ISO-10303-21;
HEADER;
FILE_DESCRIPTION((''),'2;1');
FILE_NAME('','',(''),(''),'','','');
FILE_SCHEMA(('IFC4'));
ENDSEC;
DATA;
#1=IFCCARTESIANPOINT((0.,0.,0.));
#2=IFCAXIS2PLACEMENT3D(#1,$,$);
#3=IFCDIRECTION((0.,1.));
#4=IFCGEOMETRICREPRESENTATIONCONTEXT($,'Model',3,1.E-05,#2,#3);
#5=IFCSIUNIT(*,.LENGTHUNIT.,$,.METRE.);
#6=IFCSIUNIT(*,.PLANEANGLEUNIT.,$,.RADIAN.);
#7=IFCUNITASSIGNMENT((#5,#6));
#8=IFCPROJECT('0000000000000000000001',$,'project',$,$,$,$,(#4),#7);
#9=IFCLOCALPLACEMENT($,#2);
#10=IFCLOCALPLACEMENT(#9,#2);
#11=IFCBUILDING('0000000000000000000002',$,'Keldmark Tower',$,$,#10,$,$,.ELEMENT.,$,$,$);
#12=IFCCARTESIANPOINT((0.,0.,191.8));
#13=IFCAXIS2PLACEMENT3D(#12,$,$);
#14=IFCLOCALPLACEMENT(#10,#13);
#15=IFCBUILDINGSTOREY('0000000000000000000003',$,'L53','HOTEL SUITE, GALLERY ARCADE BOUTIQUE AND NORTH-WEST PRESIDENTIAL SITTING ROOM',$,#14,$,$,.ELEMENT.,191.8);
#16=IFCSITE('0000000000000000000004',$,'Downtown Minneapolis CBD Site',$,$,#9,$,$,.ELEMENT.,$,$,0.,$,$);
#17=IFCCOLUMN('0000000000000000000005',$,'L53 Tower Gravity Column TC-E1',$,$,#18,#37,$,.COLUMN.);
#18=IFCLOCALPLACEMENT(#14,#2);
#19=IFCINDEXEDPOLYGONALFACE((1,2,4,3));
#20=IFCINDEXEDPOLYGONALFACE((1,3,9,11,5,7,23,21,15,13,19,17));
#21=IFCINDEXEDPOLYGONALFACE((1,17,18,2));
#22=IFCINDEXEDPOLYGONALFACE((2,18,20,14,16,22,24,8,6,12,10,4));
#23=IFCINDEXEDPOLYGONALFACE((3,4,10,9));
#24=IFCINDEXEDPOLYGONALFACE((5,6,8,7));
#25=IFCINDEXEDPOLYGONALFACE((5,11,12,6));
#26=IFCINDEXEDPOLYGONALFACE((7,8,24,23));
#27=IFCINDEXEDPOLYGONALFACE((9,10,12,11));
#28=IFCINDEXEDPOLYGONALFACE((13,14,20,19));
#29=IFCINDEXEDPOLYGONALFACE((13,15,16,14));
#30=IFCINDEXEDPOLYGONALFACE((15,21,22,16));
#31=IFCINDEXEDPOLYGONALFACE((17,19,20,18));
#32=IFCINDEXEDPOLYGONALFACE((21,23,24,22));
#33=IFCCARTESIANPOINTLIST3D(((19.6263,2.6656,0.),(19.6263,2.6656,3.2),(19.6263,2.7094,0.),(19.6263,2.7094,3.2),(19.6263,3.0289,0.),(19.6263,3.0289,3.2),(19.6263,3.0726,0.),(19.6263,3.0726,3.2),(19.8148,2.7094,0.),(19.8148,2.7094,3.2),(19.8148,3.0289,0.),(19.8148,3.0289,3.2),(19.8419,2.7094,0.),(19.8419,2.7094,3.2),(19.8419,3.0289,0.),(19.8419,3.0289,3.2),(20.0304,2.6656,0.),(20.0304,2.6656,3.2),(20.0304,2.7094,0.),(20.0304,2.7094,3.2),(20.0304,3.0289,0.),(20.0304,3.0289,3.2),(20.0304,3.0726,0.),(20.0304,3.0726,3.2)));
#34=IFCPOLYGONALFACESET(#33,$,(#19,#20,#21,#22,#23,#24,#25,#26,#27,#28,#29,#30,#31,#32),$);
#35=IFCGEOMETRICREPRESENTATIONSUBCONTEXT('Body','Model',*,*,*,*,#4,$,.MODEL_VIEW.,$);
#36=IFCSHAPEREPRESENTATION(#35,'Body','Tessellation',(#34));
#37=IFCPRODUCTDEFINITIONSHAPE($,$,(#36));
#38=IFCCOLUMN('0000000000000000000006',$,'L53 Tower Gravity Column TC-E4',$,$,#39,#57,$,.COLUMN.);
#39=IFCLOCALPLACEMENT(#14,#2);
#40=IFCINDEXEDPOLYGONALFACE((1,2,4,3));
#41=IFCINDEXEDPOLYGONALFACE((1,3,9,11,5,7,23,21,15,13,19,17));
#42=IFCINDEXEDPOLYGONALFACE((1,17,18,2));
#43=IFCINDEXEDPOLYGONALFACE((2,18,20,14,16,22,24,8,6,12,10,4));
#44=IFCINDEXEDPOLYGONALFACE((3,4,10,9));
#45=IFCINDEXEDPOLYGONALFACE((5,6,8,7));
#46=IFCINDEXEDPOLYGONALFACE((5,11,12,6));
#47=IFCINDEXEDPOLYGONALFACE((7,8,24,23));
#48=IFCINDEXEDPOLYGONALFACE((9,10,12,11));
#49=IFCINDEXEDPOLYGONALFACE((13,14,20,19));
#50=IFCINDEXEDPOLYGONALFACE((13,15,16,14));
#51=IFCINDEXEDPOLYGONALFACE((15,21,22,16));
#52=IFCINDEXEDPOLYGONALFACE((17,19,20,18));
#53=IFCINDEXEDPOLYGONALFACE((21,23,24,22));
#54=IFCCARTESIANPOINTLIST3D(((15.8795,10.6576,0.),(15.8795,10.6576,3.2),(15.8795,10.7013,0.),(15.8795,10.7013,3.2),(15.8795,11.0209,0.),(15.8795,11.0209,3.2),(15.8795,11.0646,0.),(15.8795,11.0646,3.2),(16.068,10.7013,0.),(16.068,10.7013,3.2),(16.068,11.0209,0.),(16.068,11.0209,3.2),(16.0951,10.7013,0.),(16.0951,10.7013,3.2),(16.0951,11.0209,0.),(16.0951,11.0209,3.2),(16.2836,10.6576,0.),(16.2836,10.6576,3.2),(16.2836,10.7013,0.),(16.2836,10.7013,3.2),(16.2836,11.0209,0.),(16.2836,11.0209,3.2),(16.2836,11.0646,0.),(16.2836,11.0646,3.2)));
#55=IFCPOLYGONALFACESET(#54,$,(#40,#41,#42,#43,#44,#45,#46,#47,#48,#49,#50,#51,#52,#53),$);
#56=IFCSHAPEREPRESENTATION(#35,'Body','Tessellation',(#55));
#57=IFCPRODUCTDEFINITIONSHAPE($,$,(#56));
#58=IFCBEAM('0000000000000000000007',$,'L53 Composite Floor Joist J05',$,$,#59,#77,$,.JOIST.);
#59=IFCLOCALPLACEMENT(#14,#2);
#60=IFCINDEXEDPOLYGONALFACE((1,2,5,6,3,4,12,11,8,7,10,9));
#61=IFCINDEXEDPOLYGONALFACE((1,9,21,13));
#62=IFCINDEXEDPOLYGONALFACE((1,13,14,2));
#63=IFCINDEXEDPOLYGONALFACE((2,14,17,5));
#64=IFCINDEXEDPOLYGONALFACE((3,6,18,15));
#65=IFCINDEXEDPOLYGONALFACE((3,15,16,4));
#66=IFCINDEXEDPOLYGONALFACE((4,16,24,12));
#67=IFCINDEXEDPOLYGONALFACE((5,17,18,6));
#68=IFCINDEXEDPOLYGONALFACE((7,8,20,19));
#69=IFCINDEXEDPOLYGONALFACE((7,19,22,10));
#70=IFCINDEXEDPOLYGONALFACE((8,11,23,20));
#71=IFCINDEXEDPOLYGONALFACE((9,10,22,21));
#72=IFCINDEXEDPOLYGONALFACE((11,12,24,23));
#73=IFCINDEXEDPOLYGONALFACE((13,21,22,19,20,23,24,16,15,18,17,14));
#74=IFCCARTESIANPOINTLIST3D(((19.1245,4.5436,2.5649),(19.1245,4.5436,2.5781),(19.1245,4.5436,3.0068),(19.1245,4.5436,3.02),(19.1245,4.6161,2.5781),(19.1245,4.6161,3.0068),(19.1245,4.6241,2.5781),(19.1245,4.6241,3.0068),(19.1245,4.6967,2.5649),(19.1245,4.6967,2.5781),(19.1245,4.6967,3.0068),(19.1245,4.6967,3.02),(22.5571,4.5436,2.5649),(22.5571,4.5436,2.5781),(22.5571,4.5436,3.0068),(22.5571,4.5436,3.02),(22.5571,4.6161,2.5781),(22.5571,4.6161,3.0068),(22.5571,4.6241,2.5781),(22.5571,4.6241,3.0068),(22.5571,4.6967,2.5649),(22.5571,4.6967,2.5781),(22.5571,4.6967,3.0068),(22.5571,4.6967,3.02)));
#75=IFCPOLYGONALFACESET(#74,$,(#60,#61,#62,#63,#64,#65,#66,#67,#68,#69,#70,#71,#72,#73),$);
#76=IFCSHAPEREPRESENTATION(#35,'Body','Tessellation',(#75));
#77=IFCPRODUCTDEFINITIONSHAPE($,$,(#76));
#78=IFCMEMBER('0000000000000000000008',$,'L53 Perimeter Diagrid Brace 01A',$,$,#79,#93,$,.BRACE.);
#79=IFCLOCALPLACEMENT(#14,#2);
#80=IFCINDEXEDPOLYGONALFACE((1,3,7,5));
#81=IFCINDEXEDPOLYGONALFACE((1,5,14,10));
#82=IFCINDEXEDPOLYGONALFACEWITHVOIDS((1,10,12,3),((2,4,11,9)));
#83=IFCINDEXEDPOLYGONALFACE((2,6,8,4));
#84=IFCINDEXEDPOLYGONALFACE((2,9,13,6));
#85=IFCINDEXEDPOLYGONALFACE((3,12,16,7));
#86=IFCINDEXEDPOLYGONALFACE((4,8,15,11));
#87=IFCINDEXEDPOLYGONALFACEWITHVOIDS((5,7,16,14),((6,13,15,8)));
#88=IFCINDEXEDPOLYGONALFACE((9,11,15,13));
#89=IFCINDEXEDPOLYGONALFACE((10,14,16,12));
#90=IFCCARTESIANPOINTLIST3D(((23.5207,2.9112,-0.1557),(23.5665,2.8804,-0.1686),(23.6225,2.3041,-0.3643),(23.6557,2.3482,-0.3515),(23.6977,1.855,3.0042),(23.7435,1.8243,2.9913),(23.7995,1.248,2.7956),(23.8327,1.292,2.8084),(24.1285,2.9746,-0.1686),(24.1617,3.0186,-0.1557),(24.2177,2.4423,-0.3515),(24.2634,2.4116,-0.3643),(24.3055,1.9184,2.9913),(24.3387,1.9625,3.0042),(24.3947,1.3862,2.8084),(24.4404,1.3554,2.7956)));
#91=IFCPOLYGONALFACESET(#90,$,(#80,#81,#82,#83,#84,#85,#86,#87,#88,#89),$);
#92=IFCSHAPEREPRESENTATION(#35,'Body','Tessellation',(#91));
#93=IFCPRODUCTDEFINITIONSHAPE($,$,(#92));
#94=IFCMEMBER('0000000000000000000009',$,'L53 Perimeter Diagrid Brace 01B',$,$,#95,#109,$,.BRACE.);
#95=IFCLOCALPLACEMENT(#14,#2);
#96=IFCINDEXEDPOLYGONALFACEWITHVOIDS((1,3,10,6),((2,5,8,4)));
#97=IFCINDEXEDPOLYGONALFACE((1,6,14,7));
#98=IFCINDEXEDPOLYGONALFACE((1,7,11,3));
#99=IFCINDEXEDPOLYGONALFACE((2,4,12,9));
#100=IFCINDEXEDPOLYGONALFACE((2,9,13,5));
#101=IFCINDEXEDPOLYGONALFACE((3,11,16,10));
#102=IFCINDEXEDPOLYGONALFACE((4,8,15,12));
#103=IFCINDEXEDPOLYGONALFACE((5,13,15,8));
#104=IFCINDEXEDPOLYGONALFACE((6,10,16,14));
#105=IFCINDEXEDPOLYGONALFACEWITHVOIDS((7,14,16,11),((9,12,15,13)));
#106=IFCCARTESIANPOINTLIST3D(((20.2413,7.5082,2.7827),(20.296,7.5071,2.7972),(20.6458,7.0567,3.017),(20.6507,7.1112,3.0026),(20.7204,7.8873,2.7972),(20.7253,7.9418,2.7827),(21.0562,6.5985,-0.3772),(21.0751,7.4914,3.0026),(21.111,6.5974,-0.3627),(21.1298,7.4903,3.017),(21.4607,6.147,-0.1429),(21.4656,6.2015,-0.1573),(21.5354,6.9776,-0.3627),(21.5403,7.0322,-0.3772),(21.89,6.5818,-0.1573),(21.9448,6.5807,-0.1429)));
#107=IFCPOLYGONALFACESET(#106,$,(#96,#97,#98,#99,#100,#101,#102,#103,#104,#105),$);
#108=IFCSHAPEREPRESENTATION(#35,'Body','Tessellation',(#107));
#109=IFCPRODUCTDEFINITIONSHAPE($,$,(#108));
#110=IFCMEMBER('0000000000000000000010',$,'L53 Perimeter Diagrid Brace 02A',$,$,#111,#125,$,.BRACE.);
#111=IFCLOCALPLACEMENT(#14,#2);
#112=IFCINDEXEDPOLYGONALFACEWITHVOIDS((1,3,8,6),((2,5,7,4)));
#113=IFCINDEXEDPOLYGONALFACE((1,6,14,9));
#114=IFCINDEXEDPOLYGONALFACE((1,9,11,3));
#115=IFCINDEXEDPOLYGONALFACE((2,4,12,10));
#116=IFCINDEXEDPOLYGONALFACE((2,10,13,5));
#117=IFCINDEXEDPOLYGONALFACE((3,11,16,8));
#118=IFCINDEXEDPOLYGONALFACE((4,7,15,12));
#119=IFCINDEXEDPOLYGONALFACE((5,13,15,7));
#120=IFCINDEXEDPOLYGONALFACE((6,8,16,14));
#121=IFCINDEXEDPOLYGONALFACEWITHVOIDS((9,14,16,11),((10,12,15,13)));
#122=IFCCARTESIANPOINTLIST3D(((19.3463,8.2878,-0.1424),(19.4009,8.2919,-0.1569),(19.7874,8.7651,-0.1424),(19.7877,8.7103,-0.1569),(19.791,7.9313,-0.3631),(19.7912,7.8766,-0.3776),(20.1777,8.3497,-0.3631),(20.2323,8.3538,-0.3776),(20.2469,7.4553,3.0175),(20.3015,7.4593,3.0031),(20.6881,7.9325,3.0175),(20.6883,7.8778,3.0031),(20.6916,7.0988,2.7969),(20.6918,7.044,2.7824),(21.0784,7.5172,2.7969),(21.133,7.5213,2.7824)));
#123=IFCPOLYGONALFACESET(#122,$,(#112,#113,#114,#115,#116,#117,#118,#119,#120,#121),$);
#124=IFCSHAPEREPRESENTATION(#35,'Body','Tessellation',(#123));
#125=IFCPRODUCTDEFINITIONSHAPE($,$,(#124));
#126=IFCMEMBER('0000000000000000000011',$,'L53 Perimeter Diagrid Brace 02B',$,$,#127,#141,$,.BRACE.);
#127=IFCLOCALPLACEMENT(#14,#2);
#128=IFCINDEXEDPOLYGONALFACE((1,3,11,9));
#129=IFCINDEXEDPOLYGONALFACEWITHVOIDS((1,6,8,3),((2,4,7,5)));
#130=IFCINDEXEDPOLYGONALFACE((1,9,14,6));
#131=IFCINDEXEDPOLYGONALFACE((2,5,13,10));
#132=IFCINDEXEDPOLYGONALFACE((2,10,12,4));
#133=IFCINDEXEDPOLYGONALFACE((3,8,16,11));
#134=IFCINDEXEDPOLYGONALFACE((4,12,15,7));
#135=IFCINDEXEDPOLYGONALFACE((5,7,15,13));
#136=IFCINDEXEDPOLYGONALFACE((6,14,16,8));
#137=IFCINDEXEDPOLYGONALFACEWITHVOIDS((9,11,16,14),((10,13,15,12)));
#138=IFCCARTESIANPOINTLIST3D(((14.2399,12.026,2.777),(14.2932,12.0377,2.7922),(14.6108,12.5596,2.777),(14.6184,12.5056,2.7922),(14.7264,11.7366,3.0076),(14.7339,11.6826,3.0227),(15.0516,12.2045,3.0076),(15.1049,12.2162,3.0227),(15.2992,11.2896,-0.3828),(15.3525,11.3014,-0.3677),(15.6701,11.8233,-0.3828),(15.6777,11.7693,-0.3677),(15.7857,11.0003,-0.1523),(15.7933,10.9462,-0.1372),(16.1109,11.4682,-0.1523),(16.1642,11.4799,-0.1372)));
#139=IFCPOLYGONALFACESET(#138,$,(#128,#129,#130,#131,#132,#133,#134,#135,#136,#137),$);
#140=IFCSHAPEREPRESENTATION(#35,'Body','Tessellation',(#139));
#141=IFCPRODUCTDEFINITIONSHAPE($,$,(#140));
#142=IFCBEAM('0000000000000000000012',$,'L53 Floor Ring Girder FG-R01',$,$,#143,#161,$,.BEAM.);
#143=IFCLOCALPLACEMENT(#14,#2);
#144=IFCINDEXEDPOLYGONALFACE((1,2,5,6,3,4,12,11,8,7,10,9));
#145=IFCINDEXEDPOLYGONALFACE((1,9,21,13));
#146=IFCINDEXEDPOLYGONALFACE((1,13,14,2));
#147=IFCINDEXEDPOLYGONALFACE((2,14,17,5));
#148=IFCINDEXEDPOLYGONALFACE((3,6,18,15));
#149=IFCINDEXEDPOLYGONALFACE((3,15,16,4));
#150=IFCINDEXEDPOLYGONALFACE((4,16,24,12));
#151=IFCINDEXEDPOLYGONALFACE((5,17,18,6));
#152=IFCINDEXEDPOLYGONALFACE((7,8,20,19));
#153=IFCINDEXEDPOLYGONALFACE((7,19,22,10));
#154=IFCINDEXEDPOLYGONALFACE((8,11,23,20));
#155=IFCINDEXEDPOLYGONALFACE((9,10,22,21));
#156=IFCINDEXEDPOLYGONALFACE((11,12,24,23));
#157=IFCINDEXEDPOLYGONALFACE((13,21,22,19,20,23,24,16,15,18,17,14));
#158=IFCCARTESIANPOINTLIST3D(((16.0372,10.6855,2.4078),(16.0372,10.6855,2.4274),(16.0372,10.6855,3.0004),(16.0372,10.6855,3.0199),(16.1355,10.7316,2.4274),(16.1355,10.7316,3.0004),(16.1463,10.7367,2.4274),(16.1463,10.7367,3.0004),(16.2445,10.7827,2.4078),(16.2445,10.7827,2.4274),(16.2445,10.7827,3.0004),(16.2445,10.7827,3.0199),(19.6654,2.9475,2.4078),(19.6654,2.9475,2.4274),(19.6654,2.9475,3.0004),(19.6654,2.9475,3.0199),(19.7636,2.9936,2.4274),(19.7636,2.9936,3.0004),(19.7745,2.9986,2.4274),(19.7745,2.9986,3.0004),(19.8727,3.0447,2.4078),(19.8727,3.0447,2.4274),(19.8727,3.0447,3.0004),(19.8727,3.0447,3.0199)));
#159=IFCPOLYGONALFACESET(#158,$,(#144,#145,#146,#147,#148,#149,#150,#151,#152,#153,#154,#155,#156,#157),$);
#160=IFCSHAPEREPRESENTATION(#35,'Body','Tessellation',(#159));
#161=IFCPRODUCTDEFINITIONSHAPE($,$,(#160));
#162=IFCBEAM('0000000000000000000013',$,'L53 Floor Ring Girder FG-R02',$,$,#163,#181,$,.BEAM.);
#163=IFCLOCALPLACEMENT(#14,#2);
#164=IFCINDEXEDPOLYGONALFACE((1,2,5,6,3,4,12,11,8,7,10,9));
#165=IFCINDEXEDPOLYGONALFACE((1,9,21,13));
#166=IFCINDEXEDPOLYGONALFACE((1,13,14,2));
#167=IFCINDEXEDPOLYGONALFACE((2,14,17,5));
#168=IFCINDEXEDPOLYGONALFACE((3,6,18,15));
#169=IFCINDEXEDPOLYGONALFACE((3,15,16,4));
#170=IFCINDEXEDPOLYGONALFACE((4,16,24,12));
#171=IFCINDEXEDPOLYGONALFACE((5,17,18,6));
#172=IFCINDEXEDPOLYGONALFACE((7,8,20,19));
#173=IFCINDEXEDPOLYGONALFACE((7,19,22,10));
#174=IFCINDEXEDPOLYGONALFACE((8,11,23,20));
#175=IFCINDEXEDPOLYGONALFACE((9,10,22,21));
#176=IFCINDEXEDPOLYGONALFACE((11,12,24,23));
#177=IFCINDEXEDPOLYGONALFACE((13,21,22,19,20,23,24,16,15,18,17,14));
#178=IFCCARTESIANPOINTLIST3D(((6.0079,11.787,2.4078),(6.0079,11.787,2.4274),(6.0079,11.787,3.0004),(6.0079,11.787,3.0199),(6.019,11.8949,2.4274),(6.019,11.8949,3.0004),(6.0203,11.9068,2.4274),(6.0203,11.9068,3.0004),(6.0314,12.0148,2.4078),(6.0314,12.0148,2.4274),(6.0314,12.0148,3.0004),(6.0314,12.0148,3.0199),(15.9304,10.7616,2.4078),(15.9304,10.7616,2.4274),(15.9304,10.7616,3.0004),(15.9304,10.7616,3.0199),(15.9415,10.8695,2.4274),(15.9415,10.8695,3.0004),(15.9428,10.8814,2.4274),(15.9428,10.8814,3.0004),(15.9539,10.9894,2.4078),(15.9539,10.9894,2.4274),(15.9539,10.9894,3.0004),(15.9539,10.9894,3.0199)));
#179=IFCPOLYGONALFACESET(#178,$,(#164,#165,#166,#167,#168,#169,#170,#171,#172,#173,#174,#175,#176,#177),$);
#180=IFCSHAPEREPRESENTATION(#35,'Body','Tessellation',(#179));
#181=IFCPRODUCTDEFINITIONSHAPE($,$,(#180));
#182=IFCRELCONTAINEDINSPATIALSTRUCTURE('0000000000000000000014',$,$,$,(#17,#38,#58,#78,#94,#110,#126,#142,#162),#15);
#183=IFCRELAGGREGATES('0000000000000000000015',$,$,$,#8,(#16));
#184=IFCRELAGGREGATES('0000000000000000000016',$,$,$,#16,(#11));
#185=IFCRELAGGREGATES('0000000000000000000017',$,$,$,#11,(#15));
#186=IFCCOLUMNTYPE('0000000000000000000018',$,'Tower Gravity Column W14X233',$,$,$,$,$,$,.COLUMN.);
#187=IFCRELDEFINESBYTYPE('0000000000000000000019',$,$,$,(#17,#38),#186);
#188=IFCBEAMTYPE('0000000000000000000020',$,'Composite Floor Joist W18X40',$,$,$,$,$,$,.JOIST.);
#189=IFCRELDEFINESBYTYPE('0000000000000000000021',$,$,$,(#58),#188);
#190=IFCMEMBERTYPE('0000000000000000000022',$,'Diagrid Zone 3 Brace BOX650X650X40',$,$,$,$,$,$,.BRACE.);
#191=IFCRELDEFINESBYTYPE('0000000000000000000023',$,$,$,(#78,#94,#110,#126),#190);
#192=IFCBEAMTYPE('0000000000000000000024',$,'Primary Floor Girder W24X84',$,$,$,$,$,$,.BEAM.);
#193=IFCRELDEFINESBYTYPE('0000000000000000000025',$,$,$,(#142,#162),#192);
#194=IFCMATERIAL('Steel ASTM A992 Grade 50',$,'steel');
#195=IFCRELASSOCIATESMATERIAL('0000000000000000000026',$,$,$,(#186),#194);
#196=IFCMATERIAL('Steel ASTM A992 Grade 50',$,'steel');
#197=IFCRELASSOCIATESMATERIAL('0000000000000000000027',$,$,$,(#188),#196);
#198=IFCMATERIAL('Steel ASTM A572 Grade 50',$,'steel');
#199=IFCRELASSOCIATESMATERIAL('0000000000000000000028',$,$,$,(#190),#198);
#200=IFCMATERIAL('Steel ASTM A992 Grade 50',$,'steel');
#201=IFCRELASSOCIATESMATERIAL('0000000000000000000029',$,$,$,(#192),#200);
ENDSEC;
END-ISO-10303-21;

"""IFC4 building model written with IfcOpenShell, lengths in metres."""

from ifc_helpers import new_model, si_unit, direction, frame, origin, origin_2d, place, context, subcontext, project, spatial, hollow_rectangle, i_section, extrude, material, material_profile, profile_set, type_object, element, save


model = new_model("IFC4")

# Units and contexts
model_context = context("Model", 3, precision=1e-05, world=origin(), true_north=direction((0.0, 1.0)))
body_context = subcontext(model_context, "Body", "Model", "MODEL_VIEW")
ifc_project = project(units=[si_unit("LENGTHUNIT", "METRE"), si_unit("PLANEANGLEUNIT", "RADIAN")], contexts=[model_context])

# Site, building, storey
site_placement = place(None, origin())
site = spatial("IfcSite", under=ifc_project, at=site_placement, Name="Downtown Minneapolis CBD Site", CompositionType="ELEMENT", RefElevation=0.0)
building_placement = place(site_placement, origin())
building = spatial("IfcBuilding", under=site, at=building_placement, Name="Keldmark Tower", CompositionType="ELEMENT")
storey_placement = place(building_placement, frame((0.0, 0.0, 191.8)))
storey = spatial("IfcBuildingStorey", under=building, at=storey_placement, Name="L53", Description="HOTEL SUITE, GALLERY ARCADE BOUTIQUE AND NORTH-WEST PRESIDENTIAL SITTING ROOM", CompositionType="ELEMENT", Elevation=191.8)

# Columns
ifc_material_1 = material(Name="Steel ASTM A992 Grade 50", Category="steel")
ifc_material_profile_1 = material_profile(ifc_material_1, i_section(OverallWidth=0.4041, OverallDepth=0.407, WebThickness=0.0271, FlangeThickness=0.0437, at=origin_2d()), Name="W14X233")
ifc_profile_set_1 = profile_set([ifc_material_profile_1], Name="Steel ASTM A992 Grade 50")
column_type = type_object("IfcColumnType", Name="Tower Gravity Column W14X233", PredefinedType="COLUMN", material=ifc_profile_set_1)
for number, where, z_axis, x_axis, name in (
    (1, (19.8284, 2.8691, 0.0), (0.0, 0.0, 1.0), (1.0, 0.0, 0.0), "L53 Tower Gravity Column TC-E1"),
    (2, (16.0815, 10.8611, 0.0), (0.0, 0.0, 1.0), (1.0, 0.0, 0.0), "L53 Tower Gravity Column TC-E4"),
):
    element("IfcColumn", number, at=place(storey_placement, frame(where, z_axis=z_axis, x_axis=x_axis)), inside=storey, type_object=column_type, Name=name, PredefinedType="COLUMN", context=body_context, shape_type="SweptSolid", body=[
        extrude(i_section(OverallWidth=0.4041, OverallDepth=0.407, WebThickness=0.0271, FlangeThickness=0.0437, at=origin_2d()), origin(), (0.0, 0.0, 1.0), 3.2),
    ])

# Beam
ifc_material_2 = material(Name="Steel ASTM A992 Grade 50", Category="steel")
ifc_material_profile_2 = material_profile(ifc_material_2, i_section(OverallWidth=0.1531, OverallDepth=0.4551, WebThickness=0.0081, FlangeThickness=0.0132, at=origin_2d()), Name="W18X40")
ifc_profile_set_2 = profile_set([ifc_material_profile_2], Name="Steel ASTM A992 Grade 50")
beam_type_1 = type_object("IfcBeamType", Name="Composite Floor Joist W18X40", PredefinedType="JOIST", material=ifc_profile_set_2)
beam_1_placement = place(storey_placement, frame((19.1245, 4.6201, 2.7925), z_axis=(1.0, 0.0, 0.0), x_axis=(0.0, 1.0, 0.0)))
element("IfcBeam", 3, at=beam_1_placement, inside=storey, type_object=beam_type_1, Name="L53 Composite Floor Joist J05", PredefinedType="JOIST", context=body_context, shape_type="SweptSolid", body=[
    extrude(i_section(OverallWidth=0.1531, OverallDepth=0.4551, WebThickness=0.0081, FlangeThickness=0.0132, at=origin_2d()), origin(), (0.0, 0.0, 1.0), 3.4326),
])

# Members
ifc_material_3 = material(Name="Steel ASTM A572 Grade 50", Category="steel")
ifc_material_profile_3 = material_profile(ifc_material_3, hollow_rectangle(XDim=0.6499, YDim=0.6499, WallThickness=0.04, at=origin_2d()), Name="BOX650X650X40")
ifc_profile_set_3 = profile_set([ifc_material_profile_3], Name="Steel ASTM A572 Grade 50")
member_type = type_object("IfcMemberType", Name="Diagrid Zone 3 Brace BOX650X650X40", PredefinedType="BRACE", material=ifc_profile_set_3)
member_1_placement = place(storey_placement, frame((23.8921, 2.6614, -0.26), z_axis=(0.053051, -0.316551, 0.947091), x_axis=(0.986246, 0.165286, 0.0)))
element("IfcMember", 4, at=member_1_placement, inside=storey, type_object=member_type, Name="L53 Perimeter Diagrid Brace 01A", PredefinedType="BRACE", context=body_context, shape_type="SweptSolid", body=[
    extrude(hollow_rectangle(XDim=0.6499, YDim=0.6499, WallThickness=0.04, at=origin_2d()), origin(), (0.0, 0.0, 1.0), 3.3364),
])
member_2_placement = place(storey_placement, frame((21.5005, 6.5896, -0.26), z_axis=(-0.240557, 0.268519, 0.932754), x_axis=(-0.744823, -0.667262, 0.0)))
element("IfcMember", 5, at=member_2_placement, inside=storey, type_object=member_type, Name="L53 Perimeter Diagrid Brace 01B", PredefinedType="BRACE", context=body_context, shape_type="SweptSolid", body=[
    extrude(hollow_rectangle(XDim=0.6499, YDim=0.6499, WallThickness=0.04, at=origin_2d()), origin(), (0.0, 0.0, 1.0), 3.3877),
])
member_3_placement = place(storey_placement, frame((19.7893, 8.3208, -0.26), z_axis=(0.265707, -0.245611, 0.932242), x_axis=(0.678793, 0.73433, 0.0)))
element("IfcMember", 6, at=member_3_placement, inside=storey, type_object=member_type, Name="L53 Perimeter Diagrid Brace 02A", PredefinedType="BRACE", context=body_context, shape_type="SweptSolid", body=[
    extrude(hollow_rectangle(XDim=0.6499, YDim=0.6499, WallThickness=0.04, at=origin_2d()), origin(), (0.0, 0.0, 1.0), 3.3896),
])
member_4_placement = place(storey_placement, frame((15.7317, 11.3848, -0.26), z_axis=(-0.310369, 0.215735, 0.925813), x_axis=(-0.570754, -0.821121, 0.0)))
element("IfcMember", 7, at=member_4_placement, inside=storey, type_object=member_type, Name="L53 Perimeter Diagrid Brace 02B", PredefinedType="BRACE", context=body_context, shape_type="SweptSolid", body=[
    extrude(hollow_rectangle(XDim=0.6499, YDim=0.6499, WallThickness=0.04, at=origin_2d()), origin(), (0.0, 0.0, 1.0), 3.4131),
])

# Beams
ifc_material_4 = material(Name="Steel ASTM A992 Grade 50", Category="steel")
ifc_material_profile_4 = material_profile(ifc_material_4, i_section(OverallWidth=0.229, OverallDepth=0.6121, WebThickness=0.012, FlangeThickness=0.0195, at=origin_2d()), Name="W24X84")
ifc_profile_set_4 = profile_set([ifc_material_profile_4], Name="Steel ASTM A992 Grade 50")
beam_type_2 = type_object("IfcBeamType", Name="Primary Floor Girder W24X84", PredefinedType="BEAM", material=ifc_profile_set_4)
beam_2_placement = place(storey_placement, frame((19.769, 2.9961, 2.7139), z_axis=(-0.424527, 0.905415, 0.0), x_axis=(-0.905415, -0.424527, 0.0)))
element("IfcBeam", 8, at=beam_2_placement, inside=storey, type_object=beam_type_2, Name="L53 Floor Ring Girder FG-R01", PredefinedType="BEAM", context=body_context, shape_type="SweptSolid", body=[
    extrude(i_section(OverallWidth=0.229, OverallDepth=0.6121, WebThickness=0.012, FlangeThickness=0.0195, at=origin_2d()), origin(), (0.0, 0.0, 1.0), 8.5464),
])
beam_3_placement = place(storey_placement, frame((15.9421, 10.8755, 2.7139), z_axis=(-0.994703, 0.102791, 0.0), x_axis=(-0.102791, -0.994703, 0.0)))
element("IfcBeam", 9, at=beam_3_placement, inside=storey, type_object=beam_type_2, Name="L53 Floor Ring Girder FG-R02", PredefinedType="BEAM", context=body_context, shape_type="SweptSolid", body=[
    extrude(i_section(OverallWidth=0.229, OverallDepth=0.6121, WebThickness=0.012, FlangeThickness=0.0195, at=origin_2d()), origin(), (0.0, 0.0, 1.0), 9.9753),
])

save(model, "model.ifc")
